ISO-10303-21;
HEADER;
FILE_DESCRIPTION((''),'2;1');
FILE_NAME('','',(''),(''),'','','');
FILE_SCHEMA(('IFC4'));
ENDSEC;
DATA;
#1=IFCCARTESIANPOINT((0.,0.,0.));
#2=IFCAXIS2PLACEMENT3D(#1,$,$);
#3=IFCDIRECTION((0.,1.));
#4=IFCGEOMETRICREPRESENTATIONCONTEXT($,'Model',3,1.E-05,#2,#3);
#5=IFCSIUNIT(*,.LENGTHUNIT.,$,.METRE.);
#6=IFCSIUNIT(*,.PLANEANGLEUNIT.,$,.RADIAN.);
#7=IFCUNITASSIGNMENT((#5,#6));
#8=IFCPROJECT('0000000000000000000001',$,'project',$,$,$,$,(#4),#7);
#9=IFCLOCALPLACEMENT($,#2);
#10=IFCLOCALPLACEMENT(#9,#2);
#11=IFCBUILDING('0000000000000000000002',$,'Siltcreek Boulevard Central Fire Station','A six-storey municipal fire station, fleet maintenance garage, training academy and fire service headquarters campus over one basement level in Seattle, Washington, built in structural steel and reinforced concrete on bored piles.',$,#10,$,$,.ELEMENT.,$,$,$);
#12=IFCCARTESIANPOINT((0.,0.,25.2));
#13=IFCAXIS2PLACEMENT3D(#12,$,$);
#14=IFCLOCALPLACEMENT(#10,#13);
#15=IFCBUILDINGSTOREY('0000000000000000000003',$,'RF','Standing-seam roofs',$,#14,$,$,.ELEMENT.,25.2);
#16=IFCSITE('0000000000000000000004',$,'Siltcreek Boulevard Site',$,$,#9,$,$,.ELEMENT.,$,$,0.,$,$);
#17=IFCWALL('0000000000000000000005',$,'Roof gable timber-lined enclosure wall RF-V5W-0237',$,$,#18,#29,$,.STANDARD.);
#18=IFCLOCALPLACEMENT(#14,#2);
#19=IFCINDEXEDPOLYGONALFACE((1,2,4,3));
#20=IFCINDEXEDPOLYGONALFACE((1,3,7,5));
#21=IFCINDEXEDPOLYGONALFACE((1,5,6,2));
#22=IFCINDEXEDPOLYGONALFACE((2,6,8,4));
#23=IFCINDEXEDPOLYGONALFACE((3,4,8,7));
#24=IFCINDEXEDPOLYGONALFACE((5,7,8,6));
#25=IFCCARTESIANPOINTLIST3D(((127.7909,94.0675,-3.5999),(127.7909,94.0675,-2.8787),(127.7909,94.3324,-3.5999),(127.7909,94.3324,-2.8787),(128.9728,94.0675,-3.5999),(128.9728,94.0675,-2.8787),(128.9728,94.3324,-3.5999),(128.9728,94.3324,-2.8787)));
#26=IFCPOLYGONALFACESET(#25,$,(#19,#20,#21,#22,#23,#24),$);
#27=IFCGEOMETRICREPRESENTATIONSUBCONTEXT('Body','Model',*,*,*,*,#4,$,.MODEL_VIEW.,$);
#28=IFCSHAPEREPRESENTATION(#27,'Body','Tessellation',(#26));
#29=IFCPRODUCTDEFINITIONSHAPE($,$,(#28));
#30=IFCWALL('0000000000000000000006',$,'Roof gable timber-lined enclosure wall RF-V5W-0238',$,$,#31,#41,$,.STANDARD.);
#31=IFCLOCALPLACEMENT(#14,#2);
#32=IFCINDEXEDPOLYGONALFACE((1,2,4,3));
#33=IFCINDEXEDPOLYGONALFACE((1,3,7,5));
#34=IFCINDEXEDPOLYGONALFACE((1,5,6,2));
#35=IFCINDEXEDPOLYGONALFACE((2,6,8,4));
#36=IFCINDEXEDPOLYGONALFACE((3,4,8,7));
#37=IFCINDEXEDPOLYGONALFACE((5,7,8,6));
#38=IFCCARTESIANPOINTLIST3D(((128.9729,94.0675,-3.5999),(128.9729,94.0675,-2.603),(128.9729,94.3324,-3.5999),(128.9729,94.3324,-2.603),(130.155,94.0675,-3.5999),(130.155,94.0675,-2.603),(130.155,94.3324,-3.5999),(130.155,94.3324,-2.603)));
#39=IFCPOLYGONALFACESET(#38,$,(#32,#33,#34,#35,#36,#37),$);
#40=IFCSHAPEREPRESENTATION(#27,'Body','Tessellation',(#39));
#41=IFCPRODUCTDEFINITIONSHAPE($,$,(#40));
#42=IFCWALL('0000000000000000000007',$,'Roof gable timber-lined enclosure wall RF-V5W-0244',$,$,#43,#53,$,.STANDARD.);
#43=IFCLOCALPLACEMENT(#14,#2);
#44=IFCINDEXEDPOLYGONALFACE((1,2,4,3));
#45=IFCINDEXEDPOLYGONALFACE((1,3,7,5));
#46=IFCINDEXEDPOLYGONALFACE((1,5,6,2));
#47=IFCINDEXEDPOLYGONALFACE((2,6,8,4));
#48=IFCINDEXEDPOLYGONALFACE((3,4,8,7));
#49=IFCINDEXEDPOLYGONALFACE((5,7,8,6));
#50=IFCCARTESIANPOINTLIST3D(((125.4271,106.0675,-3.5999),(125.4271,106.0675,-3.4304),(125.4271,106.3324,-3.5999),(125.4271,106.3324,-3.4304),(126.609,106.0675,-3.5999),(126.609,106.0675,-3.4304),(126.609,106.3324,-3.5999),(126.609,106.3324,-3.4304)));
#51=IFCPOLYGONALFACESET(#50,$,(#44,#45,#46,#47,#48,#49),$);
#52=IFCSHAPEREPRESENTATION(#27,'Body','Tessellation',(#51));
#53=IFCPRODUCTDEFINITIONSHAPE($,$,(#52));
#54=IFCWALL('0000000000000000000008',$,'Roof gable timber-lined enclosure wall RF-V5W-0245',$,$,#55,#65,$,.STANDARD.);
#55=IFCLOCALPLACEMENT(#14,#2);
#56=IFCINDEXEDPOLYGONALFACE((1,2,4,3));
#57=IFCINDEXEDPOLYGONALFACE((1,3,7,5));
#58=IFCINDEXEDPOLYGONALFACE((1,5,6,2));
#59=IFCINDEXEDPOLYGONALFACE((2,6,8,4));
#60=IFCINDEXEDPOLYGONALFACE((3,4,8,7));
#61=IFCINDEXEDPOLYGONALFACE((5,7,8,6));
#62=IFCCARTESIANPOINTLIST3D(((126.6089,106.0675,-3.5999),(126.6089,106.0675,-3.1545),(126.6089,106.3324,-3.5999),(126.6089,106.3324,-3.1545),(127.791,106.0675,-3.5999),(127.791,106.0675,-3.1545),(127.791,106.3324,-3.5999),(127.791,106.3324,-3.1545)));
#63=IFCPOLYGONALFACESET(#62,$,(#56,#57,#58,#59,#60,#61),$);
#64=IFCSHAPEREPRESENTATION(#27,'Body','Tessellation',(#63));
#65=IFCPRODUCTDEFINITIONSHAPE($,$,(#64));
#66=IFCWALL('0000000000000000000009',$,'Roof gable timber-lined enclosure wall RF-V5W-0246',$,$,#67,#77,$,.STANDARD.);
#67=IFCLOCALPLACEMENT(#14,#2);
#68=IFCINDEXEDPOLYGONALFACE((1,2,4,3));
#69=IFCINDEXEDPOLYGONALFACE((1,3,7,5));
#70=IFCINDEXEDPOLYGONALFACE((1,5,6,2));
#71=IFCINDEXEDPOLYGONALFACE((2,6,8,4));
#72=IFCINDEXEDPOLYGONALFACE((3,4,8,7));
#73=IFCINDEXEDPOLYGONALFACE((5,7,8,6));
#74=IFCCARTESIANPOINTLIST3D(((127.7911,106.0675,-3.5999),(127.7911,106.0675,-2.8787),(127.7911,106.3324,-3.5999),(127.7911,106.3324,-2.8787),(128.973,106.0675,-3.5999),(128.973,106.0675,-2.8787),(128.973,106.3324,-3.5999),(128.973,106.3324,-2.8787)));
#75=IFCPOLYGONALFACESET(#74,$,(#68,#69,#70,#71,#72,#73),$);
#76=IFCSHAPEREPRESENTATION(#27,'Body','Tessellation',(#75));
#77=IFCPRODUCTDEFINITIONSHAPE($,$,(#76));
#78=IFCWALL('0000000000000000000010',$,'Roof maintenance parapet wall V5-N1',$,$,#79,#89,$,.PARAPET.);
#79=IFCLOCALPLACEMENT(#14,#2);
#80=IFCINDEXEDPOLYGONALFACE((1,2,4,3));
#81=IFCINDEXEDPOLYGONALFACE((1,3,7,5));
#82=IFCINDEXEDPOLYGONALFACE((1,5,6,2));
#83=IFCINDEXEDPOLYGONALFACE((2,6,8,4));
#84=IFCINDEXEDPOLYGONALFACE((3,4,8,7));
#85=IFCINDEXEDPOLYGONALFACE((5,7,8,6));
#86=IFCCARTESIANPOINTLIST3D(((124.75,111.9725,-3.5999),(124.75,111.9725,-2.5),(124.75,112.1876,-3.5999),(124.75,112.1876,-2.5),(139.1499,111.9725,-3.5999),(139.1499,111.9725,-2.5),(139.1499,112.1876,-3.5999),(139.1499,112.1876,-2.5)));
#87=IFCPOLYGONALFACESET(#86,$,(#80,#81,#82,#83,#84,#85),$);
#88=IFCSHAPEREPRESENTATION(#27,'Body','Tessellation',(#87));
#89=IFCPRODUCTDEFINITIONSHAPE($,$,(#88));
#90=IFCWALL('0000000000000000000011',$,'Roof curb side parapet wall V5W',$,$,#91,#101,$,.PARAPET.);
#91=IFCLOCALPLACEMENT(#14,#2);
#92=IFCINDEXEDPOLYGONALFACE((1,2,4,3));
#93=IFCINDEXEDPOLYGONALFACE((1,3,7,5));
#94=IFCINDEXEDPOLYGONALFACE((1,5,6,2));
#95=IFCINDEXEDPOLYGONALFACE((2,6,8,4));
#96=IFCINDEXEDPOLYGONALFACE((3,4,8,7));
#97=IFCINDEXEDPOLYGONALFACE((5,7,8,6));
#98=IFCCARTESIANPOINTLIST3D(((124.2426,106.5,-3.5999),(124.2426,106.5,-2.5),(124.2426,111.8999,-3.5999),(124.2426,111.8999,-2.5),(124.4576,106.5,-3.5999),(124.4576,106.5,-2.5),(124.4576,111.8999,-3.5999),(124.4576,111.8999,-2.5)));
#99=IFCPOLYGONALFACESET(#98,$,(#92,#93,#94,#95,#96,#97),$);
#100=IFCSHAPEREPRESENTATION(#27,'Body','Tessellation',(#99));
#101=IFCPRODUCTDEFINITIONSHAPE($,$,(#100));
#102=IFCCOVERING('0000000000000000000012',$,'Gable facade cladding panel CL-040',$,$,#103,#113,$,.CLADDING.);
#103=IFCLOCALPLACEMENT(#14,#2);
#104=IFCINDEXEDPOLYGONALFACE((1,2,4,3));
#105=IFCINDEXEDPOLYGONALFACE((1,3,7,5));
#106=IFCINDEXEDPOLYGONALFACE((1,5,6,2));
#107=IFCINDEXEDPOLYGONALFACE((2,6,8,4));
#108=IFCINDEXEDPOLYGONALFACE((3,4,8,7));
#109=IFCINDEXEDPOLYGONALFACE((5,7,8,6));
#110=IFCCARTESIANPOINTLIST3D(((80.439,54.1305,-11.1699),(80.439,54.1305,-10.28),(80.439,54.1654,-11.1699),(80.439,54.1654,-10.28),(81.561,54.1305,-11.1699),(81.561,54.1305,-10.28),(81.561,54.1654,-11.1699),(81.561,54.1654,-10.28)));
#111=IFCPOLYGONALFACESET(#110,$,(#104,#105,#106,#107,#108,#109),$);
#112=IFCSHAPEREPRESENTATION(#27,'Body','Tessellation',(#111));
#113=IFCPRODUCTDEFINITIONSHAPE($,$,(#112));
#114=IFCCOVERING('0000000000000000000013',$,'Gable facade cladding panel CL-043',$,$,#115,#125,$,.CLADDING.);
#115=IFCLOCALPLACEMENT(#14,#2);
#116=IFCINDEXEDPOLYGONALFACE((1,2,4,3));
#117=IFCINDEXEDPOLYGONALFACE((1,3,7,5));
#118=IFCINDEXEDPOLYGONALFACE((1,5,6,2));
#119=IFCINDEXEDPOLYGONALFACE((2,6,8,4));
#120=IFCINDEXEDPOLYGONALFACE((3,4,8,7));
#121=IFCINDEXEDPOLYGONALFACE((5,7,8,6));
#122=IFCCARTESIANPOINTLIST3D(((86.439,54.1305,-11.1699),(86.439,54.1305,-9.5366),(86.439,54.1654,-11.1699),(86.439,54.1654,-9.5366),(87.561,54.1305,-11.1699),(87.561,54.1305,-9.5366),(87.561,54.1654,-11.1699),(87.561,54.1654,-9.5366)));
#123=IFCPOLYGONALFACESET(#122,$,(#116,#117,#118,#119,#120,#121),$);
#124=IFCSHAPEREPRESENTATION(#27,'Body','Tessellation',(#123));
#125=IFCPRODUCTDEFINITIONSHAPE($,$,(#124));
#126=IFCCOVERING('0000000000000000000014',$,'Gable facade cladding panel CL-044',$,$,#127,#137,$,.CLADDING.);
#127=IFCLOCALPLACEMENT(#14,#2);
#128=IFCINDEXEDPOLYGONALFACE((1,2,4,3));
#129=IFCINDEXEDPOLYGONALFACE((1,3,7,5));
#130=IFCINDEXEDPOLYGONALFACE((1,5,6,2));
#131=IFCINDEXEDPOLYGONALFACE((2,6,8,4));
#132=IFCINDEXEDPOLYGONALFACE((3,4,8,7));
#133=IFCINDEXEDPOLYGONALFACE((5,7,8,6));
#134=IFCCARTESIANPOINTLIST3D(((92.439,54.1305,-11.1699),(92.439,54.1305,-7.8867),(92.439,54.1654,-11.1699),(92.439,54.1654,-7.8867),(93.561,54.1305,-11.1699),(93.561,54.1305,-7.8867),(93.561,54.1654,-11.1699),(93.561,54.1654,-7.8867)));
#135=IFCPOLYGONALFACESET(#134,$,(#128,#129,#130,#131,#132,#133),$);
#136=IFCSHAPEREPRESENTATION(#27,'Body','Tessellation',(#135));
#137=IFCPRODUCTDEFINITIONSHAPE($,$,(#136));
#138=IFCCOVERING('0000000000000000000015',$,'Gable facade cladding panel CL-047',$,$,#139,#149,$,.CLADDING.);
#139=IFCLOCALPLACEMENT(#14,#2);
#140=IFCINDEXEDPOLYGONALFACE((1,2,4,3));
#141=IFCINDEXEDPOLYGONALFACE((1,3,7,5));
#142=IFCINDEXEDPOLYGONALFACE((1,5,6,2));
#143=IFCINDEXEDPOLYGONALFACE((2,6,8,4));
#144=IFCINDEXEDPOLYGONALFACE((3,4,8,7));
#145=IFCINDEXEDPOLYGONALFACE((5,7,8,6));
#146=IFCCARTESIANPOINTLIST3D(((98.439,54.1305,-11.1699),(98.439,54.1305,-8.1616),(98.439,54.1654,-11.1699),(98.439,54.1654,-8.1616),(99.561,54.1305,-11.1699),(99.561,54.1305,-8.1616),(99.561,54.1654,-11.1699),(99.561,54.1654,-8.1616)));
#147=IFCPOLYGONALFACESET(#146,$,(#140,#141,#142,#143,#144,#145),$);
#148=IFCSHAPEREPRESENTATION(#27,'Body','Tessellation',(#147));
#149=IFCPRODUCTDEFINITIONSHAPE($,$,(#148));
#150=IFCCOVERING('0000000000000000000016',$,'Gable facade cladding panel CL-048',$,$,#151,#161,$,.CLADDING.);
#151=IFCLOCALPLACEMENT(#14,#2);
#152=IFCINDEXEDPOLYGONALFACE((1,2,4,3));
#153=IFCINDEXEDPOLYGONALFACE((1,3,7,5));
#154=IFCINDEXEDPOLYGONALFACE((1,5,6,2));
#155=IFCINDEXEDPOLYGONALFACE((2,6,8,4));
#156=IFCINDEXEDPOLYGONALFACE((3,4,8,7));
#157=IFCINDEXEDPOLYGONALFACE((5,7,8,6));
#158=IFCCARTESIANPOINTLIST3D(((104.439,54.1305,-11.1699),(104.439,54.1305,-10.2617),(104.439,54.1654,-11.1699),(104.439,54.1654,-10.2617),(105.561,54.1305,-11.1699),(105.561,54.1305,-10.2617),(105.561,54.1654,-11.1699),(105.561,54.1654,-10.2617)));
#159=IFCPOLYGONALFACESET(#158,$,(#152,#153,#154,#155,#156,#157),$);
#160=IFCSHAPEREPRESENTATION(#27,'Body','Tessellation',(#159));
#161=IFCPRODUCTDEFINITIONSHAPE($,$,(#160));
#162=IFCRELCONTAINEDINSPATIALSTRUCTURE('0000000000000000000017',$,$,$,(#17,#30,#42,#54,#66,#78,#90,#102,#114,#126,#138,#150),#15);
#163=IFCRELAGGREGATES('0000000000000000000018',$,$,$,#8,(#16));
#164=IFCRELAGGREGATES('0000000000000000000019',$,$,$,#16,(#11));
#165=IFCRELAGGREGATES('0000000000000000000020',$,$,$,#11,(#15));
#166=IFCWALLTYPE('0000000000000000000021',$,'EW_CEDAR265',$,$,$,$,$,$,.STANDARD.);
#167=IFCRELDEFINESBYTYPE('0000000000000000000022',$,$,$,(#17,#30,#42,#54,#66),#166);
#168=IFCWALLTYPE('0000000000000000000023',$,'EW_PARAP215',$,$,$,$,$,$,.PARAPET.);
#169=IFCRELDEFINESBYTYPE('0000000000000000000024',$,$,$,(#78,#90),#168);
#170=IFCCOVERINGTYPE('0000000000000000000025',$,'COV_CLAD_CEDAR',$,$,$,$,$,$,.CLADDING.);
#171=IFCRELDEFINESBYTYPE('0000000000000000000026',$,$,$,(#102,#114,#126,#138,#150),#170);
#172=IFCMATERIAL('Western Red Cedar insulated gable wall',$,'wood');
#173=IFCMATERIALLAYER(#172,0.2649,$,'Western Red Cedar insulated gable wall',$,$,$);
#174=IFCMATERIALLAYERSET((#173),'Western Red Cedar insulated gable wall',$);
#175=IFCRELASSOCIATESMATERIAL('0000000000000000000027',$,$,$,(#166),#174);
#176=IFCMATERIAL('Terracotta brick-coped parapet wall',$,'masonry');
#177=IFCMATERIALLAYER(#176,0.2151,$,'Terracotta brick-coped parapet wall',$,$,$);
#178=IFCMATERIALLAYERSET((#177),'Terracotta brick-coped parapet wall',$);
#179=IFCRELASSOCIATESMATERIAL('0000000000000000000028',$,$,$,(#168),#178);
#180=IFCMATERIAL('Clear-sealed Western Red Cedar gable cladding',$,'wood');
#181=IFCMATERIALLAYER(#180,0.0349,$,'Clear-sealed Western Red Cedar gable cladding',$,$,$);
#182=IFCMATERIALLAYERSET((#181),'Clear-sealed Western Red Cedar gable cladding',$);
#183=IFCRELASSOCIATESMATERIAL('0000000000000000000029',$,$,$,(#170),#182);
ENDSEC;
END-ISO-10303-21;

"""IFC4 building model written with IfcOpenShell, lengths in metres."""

from ifc_helpers import new_model, si_unit, direction, frame, frame_2d, origin, origin_2d, place, context, subcontext, project, spatial, rectangle, extrude, material, layer, layer_set, type_object, element, save


model = new_model("IFC4")

# Units and contexts
model_context = context("Model", 3, precision=1e-05, world=origin(), true_north=direction((0.0, 1.0)))
body_context = subcontext(model_context, "Body", "Model", "MODEL_VIEW")
ifc_project = project(units=[si_unit("LENGTHUNIT", "METRE"), si_unit("PLANEANGLEUNIT", "RADIAN")], contexts=[model_context])

# Site, building, storey
site_placement = place(None, origin())
site = spatial("IfcSite", under=ifc_project, at=site_placement, Name="Siltcreek Boulevard Site", CompositionType="ELEMENT", RefElevation=0.0)
building_placement = place(site_placement, origin())
building = spatial("IfcBuilding", under=site, at=building_placement, Name="Siltcreek Boulevard Central Fire Station", Description="A six-storey municipal fire station, fleet maintenance garage, training academy and fire service headquarters campus over one basement level in Seattle, Washington, built in structural steel and reinforced concrete on bored piles.", CompositionType="ELEMENT")
storey_placement = place(building_placement, frame((0.0, 0.0, 25.2)))
storey = spatial("IfcBuildingStorey", under=building, at=storey_placement, Name="RF", Description="Standing-seam roofs", CompositionType="ELEMENT", Elevation=25.2)

# Walls
ifc_material_1 = material(Name="Western Red Cedar insulated gable wall", Category="wood")
ifc_layer_1 = layer(ifc_material_1, 0.2649, Name="Western Red Cedar insulated gable wall")
ifc_layer_set_1 = layer_set([ifc_layer_1], Name="Western Red Cedar insulated gable wall")
wall_type_1 = type_object("IfcWallType", Name="EW_CEDAR265", PredefinedType="STANDARD", material=ifc_layer_set_1)
wall_1_placement = place(storey_placement, frame((127.791, 94.2, -3.5999), z_axis=(0.0, 0.0, 1.0), x_axis=(1.0, 0.0, 0.0)))
element("IfcWall", 1, at=wall_1_placement, inside=storey, type_object=wall_type_1, Name="Roof gable timber-lined enclosure wall RF-V5W-0237", PredefinedType="STANDARD", context=body_context, shape_type="SweptSolid", body=[
    extrude(rectangle(XDim=1.1819, YDim=0.2649, at=frame_2d((0.5908, 0.0))), origin(), (0.0, 0.0, 1.0), 0.7212),
])
wall_2_placement = place(storey_placement, frame((128.9729, 94.2, -3.5999), z_axis=(0.0, 0.0, 1.0), x_axis=(1.0, 0.0, 0.0)))
element("IfcWall", 2, at=wall_2_placement, inside=storey, type_object=wall_type_1, Name="Roof gable timber-lined enclosure wall RF-V5W-0238", PredefinedType="STANDARD", context=body_context, shape_type="SweptSolid", body=[
    extrude(rectangle(XDim=1.1821, YDim=0.2649, at=frame_2d((0.5911, 0.0))), origin(), (0.0, 0.0, 1.0), 0.9968),
])
wall_3_placement = place(storey_placement, frame((126.6089, 106.2, -3.5999), z_axis=(0.0, 0.0, 1.0), x_axis=(-1.0, 0.0, 0.0)))
element("IfcWall", 3, at=wall_3_placement, inside=storey, type_object=wall_type_1, Name="Roof gable timber-lined enclosure wall RF-V5W-0244", PredefinedType="STANDARD", context=body_context, shape_type="SweptSolid", body=[
    extrude(rectangle(XDim=1.1819, YDim=0.2649, at=frame_2d((0.5908, 0.0))), origin(), (0.0, 0.0, 1.0), 0.1694),
])
wall_4_placement = place(storey_placement, frame((127.791, 106.2, -3.5999), z_axis=(0.0, 0.0, 1.0), x_axis=(-1.0, 0.0, 0.0)))
element("IfcWall", 4, at=wall_4_placement, inside=storey, type_object=wall_type_1, Name="Roof gable timber-lined enclosure wall RF-V5W-0245", PredefinedType="STANDARD", context=body_context, shape_type="SweptSolid", body=[
    extrude(rectangle(XDim=1.1821, YDim=0.2649, at=frame_2d((0.5911, 0.0))), origin(), (0.0, 0.0, 1.0), 0.4453),
])
wall_5_placement = place(storey_placement, frame((128.9729, 106.2, -3.5999), z_axis=(0.0, 0.0, 1.0), x_axis=(-1.0, 0.0, 0.0)))
element("IfcWall", 5, at=wall_5_placement, inside=storey, type_object=wall_type_1, Name="Roof gable timber-lined enclosure wall RF-V5W-0246", PredefinedType="STANDARD", context=body_context, shape_type="SweptSolid", body=[
    extrude(rectangle(XDim=1.1819, YDim=0.2649, at=frame_2d((0.5908, 0.0))), origin(), (0.0, 0.0, 1.0), 0.7212),
])
ifc_material_2 = material(Name="Terracotta brick-coped parapet wall", Category="masonry")
ifc_layer_2 = layer(ifc_material_2, 0.2151, Name="Terracotta brick-coped parapet wall")
ifc_layer_set_2 = layer_set([ifc_layer_2], Name="Terracotta brick-coped parapet wall")
wall_type_2 = type_object("IfcWallType", Name="EW_PARAP215", PredefinedType="PARAPET", material=ifc_layer_set_2)
wall_6_placement = place(storey_placement, frame((124.75, 112.0801, -3.5999), z_axis=(0.0, 0.0, 1.0), x_axis=(1.0, 0.0, 0.0)))
element("IfcWall", 6, at=wall_6_placement, inside=storey, type_object=wall_type_2, Name="Roof maintenance parapet wall V5-N1", PredefinedType="PARAPET", context=body_context, shape_type="SweptSolid", body=[
    extrude(rectangle(XDim=14.3999, YDim=0.2151, at=frame_2d((7.2, 0.0))), origin(), (0.0, 0.0, 1.0), 1.0999),
])
wall_7_placement = place(storey_placement, frame((124.3501, 106.5, -3.5999), z_axis=(0.0, 0.0, 1.0), x_axis=(0.0, 1.0, 0.0)))
element("IfcWall", 7, at=wall_7_placement, inside=storey, type_object=wall_type_2, Name="Roof curb side parapet wall V5W", PredefinedType="PARAPET", context=body_context, shape_type="SweptSolid", body=[
    extrude(rectangle(XDim=5.3999, YDim=0.2151, at=frame_2d((2.7, 0.0))), origin(), (0.0, 0.0, 1.0), 1.0999),
])

# Coverings
ifc_material_3 = material(Name="Clear-sealed Western Red Cedar gable cladding", Category="wood")
ifc_layer_3 = layer(ifc_material_3, 0.0349, Name="Clear-sealed Western Red Cedar gable cladding")
ifc_layer_set_3 = layer_set([ifc_layer_3], Name="Clear-sealed Western Red Cedar gable cladding")
covering_type = type_object("IfcCoveringType", Name="COV_CLAD_CEDAR", PredefinedType="CLADDING", material=ifc_layer_set_3)
covering_1_placement = place(storey_placement, frame((81.0, 54.1479, -11.1699), z_axis=(0.0, 0.0, 1.0), x_axis=(-1.0, 0.0, 0.0)))
element("IfcCovering", 8, at=covering_1_placement, inside=storey, type_object=covering_type, Name="Gable facade cladding panel CL-040", PredefinedType="CLADDING", context=body_context, shape_type="SweptSolid", body=[
    extrude(rectangle(XDim=1.1221, YDim=0.0349, at=origin_2d()), origin(), (0.0, 0.0, 1.0), 0.8899),
])
covering_2_placement = place(storey_placement, frame((87.0, 54.1479, -11.1699), z_axis=(0.0, 0.0, 1.0), x_axis=(-1.0, 0.0, 0.0)))
element("IfcCovering", 9, at=covering_2_placement, inside=storey, type_object=covering_type, Name="Gable facade cladding panel CL-043", PredefinedType="CLADDING", context=body_context, shape_type="SweptSolid", body=[
    extrude(rectangle(XDim=1.1221, YDim=0.0349, at=origin_2d()), origin(), (0.0, 0.0, 1.0), 1.6333),
])
covering_3_placement = place(storey_placement, frame((93.0, 54.1479, -11.1699), z_axis=(0.0, 0.0, 1.0), x_axis=(-1.0, 0.0, 0.0)))
element("IfcCovering", 10, at=covering_3_placement, inside=storey, type_object=covering_type, Name="Gable facade cladding panel CL-044", PredefinedType="CLADDING", context=body_context, shape_type="SweptSolid", body=[
    extrude(rectangle(XDim=1.1221, YDim=0.0349, at=origin_2d()), origin(), (0.0, 0.0, 1.0), 3.2832),
])
covering_4_placement = place(storey_placement, frame((99.0, 54.1479, -11.1699), z_axis=(0.0, 0.0, 1.0), x_axis=(-1.0, 0.0, 0.0)))
element("IfcCovering", 11, at=covering_4_placement, inside=storey, type_object=covering_type, Name="Gable facade cladding panel CL-047", PredefinedType="CLADDING", context=body_context, shape_type="SweptSolid", body=[
    extrude(rectangle(XDim=1.1221, YDim=0.0349, at=origin_2d()), origin(), (0.0, 0.0, 1.0), 3.0083),
])
covering_5_placement = place(storey_placement, frame((105.0, 54.1479, -11.1699), z_axis=(0.0, 0.0, 1.0), x_axis=(-1.0, 0.0, 0.0)))
element("IfcCovering", 12, at=covering_5_placement, inside=storey, type_object=covering_type, Name="Gable facade cladding panel CL-048", PredefinedType="CLADDING", context=body_context, shape_type="SweptSolid", body=[
    extrude(rectangle(XDim=1.1221, YDim=0.0349, at=origin_2d()), origin(), (0.0, 0.0, 1.0), 0.9082),
])

save(model, "model.ifc")
